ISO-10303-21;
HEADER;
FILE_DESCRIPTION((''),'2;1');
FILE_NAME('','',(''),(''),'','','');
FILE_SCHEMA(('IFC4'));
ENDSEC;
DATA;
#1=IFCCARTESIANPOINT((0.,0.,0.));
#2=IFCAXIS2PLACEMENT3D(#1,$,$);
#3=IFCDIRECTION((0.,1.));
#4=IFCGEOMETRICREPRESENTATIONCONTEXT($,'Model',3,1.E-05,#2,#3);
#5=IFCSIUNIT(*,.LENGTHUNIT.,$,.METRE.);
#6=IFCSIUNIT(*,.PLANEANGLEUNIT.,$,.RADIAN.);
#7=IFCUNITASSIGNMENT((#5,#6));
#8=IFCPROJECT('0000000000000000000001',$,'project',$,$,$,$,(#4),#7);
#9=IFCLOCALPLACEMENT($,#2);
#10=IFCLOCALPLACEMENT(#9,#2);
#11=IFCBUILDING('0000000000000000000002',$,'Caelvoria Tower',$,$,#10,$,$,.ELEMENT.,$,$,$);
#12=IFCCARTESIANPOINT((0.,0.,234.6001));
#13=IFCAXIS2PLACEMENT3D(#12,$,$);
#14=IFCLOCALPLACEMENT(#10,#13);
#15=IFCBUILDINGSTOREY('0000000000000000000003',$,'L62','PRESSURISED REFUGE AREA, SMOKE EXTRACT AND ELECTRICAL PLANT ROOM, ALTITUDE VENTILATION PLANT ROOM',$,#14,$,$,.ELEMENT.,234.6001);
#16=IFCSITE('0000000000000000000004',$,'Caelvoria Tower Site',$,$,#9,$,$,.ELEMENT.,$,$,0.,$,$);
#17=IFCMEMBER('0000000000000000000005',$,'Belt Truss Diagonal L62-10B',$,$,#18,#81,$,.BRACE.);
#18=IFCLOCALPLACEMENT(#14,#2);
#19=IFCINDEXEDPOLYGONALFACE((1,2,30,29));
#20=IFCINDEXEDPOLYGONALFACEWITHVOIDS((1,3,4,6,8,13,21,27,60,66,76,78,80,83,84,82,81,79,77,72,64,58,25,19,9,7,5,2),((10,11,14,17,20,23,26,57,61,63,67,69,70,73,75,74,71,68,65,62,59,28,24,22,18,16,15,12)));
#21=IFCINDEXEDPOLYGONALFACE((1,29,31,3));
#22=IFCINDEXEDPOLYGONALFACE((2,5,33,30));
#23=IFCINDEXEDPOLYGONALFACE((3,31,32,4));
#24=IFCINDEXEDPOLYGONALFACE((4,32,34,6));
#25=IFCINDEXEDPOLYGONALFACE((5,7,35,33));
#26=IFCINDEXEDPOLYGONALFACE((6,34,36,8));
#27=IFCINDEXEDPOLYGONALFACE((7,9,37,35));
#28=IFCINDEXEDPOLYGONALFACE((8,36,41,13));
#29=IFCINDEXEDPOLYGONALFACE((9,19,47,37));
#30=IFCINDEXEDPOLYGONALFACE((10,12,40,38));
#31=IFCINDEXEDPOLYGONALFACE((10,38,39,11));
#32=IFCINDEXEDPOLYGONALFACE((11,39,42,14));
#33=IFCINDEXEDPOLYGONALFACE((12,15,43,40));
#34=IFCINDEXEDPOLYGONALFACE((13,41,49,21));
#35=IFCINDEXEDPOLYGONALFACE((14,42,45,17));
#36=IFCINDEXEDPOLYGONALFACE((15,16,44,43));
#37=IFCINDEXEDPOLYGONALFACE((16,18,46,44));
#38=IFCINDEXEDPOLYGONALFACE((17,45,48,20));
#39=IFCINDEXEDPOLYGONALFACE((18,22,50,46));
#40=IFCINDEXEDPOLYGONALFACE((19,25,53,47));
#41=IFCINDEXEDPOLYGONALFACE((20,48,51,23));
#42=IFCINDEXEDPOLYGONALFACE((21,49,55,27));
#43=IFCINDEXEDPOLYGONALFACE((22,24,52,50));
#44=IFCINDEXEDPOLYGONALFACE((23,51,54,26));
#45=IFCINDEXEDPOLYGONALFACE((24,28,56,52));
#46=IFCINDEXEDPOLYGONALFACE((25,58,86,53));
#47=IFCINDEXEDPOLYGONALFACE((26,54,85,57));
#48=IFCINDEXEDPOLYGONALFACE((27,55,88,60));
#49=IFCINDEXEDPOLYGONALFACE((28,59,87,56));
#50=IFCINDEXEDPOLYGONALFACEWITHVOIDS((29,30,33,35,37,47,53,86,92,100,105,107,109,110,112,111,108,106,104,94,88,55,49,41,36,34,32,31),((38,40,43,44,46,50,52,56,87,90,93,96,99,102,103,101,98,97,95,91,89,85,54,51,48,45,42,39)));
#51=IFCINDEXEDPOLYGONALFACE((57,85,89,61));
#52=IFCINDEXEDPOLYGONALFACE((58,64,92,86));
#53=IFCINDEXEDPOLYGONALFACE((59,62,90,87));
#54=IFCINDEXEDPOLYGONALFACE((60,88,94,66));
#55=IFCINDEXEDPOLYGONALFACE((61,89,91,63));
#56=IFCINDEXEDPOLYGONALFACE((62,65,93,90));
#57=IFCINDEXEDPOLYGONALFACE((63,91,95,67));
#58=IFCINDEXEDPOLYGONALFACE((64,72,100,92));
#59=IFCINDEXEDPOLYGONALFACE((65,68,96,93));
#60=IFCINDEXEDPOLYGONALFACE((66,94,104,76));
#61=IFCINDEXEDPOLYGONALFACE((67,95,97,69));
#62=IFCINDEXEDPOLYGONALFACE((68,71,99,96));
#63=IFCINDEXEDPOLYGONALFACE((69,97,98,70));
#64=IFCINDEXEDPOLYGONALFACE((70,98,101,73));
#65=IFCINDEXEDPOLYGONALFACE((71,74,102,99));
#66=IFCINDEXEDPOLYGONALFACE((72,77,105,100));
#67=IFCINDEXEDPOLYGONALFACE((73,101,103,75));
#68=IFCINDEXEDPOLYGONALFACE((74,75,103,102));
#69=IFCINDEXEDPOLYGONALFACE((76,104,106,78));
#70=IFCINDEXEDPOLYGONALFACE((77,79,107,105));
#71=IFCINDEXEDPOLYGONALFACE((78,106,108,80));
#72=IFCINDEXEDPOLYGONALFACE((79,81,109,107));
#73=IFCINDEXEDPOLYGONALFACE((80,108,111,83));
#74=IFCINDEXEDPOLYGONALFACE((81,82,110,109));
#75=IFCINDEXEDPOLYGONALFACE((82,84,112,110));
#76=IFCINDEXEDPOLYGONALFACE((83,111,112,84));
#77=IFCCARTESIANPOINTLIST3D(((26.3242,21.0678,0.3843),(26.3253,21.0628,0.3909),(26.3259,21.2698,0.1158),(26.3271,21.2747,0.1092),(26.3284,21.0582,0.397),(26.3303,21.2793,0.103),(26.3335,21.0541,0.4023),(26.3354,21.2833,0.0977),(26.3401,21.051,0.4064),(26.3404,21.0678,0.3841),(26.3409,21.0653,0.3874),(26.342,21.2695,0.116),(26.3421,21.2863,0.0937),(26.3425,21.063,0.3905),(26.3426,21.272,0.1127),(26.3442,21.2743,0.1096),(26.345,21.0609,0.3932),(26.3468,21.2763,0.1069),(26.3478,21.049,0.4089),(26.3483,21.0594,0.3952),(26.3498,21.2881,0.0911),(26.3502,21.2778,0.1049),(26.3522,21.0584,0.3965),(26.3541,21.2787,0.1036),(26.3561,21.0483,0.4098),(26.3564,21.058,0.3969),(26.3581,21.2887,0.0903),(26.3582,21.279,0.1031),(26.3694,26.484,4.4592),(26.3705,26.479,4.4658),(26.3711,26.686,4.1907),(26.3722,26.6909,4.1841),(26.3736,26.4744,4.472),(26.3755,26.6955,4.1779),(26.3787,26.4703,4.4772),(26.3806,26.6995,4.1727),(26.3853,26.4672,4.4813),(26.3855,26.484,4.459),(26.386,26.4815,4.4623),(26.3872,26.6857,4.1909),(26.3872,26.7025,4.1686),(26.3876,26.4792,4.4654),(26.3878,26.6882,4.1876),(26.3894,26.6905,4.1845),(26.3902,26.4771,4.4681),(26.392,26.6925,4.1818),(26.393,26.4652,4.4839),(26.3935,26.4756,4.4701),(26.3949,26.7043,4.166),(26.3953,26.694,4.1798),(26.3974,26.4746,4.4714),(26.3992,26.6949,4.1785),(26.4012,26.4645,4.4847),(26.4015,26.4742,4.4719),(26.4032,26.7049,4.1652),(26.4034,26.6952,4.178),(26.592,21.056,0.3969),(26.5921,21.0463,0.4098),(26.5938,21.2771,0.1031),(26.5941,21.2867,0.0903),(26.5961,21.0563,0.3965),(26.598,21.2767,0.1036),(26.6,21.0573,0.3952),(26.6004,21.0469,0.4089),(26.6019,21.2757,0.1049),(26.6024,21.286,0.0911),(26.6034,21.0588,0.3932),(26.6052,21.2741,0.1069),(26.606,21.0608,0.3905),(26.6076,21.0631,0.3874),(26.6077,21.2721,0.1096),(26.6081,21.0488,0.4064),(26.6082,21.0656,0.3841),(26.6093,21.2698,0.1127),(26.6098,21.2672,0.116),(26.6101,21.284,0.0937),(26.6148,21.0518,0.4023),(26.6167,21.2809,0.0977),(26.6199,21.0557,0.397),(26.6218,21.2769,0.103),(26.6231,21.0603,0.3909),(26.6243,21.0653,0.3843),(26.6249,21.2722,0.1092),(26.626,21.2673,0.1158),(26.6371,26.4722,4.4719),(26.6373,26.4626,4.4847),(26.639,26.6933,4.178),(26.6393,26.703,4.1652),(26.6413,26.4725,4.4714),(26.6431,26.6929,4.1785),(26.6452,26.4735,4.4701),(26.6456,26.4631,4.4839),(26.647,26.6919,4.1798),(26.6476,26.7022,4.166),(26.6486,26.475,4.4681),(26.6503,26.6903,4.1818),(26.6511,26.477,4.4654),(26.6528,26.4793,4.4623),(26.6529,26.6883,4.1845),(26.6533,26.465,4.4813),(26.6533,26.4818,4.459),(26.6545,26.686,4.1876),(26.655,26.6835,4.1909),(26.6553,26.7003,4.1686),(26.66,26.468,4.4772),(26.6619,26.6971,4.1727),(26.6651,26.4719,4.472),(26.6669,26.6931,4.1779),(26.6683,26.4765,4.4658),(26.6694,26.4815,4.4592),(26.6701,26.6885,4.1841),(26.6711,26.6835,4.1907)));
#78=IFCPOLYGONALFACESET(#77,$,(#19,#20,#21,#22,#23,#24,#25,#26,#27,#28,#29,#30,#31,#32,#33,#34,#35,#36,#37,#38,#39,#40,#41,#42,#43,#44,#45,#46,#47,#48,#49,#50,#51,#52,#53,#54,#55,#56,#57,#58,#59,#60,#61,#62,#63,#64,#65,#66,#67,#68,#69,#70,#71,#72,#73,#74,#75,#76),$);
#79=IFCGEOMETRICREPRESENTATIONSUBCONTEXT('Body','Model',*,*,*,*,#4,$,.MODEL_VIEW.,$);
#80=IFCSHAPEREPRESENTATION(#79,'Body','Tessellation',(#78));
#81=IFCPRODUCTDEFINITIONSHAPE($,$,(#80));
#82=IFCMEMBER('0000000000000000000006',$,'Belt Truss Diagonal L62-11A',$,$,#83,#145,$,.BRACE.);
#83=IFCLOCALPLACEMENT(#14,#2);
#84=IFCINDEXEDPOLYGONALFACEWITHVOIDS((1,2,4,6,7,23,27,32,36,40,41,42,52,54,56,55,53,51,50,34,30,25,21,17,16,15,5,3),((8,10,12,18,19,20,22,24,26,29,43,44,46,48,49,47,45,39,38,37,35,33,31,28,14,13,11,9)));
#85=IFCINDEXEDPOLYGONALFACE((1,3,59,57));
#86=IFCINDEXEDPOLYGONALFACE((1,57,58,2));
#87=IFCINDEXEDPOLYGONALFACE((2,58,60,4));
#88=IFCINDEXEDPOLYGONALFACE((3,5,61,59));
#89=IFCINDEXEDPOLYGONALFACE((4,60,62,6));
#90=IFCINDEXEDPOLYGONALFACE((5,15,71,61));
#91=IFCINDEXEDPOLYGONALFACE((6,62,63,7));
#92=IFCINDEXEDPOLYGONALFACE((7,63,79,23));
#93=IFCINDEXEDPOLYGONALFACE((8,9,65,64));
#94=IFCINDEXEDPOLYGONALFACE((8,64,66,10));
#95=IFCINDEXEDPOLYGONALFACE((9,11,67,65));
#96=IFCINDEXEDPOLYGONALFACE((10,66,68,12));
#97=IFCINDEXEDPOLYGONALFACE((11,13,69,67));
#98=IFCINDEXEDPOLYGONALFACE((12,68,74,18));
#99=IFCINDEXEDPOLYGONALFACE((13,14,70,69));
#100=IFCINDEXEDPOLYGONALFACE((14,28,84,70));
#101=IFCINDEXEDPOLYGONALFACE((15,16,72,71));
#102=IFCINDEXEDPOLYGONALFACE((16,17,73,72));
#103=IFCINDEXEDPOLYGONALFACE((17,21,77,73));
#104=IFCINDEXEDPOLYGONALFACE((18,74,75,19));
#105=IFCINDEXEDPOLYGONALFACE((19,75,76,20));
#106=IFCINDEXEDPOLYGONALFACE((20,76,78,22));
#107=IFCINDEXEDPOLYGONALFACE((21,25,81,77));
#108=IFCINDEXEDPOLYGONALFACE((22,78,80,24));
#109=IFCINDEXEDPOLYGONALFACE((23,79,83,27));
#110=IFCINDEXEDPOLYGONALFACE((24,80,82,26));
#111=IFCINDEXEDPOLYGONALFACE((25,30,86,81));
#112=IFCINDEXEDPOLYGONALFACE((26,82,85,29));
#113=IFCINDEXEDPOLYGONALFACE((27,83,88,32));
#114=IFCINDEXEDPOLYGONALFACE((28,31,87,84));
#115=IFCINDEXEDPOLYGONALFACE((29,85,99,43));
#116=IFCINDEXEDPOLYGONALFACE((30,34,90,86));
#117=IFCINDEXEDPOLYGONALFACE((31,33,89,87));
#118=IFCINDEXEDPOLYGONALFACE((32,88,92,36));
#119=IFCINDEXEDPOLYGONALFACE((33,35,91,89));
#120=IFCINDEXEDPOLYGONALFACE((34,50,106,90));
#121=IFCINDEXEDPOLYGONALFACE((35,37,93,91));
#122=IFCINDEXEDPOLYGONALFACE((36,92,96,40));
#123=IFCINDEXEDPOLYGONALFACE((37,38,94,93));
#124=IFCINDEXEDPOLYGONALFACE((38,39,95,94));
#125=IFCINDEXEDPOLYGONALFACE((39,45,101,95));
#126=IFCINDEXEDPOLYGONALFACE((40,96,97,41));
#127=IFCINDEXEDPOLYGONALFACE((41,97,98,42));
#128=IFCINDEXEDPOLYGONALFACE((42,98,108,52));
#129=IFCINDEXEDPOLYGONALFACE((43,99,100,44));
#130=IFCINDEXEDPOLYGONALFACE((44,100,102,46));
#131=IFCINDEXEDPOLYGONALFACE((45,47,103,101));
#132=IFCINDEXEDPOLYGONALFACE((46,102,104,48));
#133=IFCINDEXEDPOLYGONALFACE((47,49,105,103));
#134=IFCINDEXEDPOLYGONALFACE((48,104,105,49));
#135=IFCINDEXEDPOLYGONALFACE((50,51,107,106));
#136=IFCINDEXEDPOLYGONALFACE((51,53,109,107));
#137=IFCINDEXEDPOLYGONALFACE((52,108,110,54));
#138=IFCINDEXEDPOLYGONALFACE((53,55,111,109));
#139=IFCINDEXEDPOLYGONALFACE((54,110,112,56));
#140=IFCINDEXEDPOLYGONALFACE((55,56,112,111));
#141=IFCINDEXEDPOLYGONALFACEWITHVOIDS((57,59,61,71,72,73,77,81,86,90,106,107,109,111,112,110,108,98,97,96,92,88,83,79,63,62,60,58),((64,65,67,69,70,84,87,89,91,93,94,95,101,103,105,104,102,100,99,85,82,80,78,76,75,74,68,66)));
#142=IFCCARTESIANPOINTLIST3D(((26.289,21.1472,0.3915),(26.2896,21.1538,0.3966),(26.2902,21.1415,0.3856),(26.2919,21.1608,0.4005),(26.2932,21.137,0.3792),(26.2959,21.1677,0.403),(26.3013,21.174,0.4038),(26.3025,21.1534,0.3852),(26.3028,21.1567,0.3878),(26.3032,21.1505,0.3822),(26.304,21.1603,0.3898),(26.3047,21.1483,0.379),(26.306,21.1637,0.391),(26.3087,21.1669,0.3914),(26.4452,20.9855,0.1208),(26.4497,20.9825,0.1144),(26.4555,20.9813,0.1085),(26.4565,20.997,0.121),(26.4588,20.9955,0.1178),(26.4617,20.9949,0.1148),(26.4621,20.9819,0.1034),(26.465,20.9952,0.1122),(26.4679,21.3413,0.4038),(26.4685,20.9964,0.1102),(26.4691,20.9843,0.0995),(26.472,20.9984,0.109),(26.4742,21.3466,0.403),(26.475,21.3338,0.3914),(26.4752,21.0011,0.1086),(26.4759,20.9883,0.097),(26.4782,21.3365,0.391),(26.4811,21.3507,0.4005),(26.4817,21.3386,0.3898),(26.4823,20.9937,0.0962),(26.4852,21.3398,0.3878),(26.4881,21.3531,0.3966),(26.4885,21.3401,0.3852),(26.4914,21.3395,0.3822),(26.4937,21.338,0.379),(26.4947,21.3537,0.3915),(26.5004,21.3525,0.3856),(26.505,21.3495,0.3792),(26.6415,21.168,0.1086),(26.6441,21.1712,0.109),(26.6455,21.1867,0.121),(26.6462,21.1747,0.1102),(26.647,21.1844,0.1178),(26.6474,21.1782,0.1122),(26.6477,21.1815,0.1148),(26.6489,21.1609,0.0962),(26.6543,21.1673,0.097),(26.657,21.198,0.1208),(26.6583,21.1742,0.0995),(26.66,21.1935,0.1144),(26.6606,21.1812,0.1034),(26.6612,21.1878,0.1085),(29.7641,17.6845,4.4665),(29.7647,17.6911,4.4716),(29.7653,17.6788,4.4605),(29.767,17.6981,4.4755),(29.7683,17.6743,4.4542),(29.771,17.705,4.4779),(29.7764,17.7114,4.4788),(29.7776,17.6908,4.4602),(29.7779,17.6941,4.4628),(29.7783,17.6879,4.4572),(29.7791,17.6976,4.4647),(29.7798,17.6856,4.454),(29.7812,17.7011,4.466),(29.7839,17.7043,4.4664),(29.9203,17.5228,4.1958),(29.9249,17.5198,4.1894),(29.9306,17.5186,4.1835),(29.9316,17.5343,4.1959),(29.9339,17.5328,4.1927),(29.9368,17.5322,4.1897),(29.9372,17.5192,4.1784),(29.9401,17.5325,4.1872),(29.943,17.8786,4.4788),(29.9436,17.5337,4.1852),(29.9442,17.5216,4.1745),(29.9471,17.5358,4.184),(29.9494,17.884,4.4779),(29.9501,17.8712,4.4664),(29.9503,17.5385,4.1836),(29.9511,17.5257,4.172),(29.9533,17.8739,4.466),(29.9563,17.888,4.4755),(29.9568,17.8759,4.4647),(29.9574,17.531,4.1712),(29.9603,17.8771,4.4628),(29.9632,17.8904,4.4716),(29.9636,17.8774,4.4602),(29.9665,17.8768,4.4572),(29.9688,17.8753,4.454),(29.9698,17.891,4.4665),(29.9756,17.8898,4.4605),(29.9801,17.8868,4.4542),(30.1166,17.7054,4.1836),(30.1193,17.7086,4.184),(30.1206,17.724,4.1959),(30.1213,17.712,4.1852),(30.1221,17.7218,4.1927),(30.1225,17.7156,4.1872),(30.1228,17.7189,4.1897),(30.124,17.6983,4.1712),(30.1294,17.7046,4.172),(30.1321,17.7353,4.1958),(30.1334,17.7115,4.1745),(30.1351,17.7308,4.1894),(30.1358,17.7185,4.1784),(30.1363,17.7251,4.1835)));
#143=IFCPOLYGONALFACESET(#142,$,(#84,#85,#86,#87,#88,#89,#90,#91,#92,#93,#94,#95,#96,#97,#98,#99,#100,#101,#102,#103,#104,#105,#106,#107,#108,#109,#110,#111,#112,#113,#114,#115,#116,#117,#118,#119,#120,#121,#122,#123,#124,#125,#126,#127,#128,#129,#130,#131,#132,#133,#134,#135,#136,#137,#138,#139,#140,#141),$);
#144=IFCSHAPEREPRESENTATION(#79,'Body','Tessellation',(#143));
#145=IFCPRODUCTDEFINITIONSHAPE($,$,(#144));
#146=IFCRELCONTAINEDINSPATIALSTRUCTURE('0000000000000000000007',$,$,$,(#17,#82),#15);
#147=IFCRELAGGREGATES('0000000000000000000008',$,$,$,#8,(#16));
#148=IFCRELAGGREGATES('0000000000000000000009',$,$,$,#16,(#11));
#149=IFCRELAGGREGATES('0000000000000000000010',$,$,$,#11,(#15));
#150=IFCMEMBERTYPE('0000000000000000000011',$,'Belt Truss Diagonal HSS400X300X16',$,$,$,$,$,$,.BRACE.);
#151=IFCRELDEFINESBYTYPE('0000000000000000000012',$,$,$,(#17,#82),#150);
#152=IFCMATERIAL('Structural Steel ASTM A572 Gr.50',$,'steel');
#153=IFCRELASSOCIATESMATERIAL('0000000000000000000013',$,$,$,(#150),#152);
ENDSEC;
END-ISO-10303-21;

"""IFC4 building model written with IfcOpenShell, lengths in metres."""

from ifc_helpers import new_model, si_unit, direction, frame, origin, origin_2d, place, context, subcontext, project, spatial, hollow_rectangle, extrude, material, material_profile, profile_set, type_object, element, save


model = new_model("IFC4")

# Units and contexts
model_context = context("Model", 3, precision=1e-05, world=origin(), true_north=direction((0.0, 1.0)))
body_context = subcontext(model_context, "Body", "Model", "MODEL_VIEW")
ifc_project = project(units=[si_unit("LENGTHUNIT", "METRE"), si_unit("PLANEANGLEUNIT", "RADIAN")], contexts=[model_context])

# Site, building, storey
site_placement = place(None, origin())
site = spatial("IfcSite", under=ifc_project, at=site_placement, Name="Caelvoria Tower Site", CompositionType="ELEMENT", RefElevation=0.0)
building_placement = place(site_placement, origin())
building = spatial("IfcBuilding", under=site, at=building_placement, Name="Caelvoria Tower", CompositionType="ELEMENT")
storey_placement = place(building_placement, frame((0.0, 0.0, 234.6001)))
storey = spatial("IfcBuildingStorey", under=building, at=storey_placement, Name="L62", Description="PRESSURISED REFUGE AREA, SMOKE EXTRACT AND ELECTRICAL PLANT ROOM, ALTITUDE VENTILATION PLANT ROOM", CompositionType="ELEMENT", Elevation=234.6001)

# Shared definitions
ifc_material_1 = material(Name="Structural Steel ASTM A572 Gr.50", Category="steel")

# Members
ifc_material_profile_1 = material_profile(ifc_material_1, hollow_rectangle(XDim=0.3, YDim=0.3999, WallThickness=0.0161, InnerFilletRadius=0.0161, OuterFilletRadius=0.032, at=origin_2d()), Name="Structural Steel ASTM A572 Gr.50")
ifc_profile_set_1 = profile_set([ifc_material_profile_1], Name="HSS400X300X16 - Structural Steel ASTM A572 Gr.50")
member_type_1 = type_object("IfcMemberType", Name="Belt Truss Diagonal HSS400X300X16", PredefinedType="BRACE", material=ifc_profile_set_1)
member_1_placement = place(storey_placement, frame((26.5203, 26.5837, 4.325), z_axis=(-0.006663, -0.799078, -0.60119), x_axis=(0.999965, -0.008339, 0.0)))
element("IfcMember", 1, at=member_1_placement, inside=storey, type_object=member_type_1, Name="Belt Truss Diagonal L62-10B", PredefinedType="BRACE", context=body_context, shape_type="SweptSolid", body=[
    extrude(hollow_rectangle(XDim=0.3, YDim=0.3999, WallThickness=0.0161, InnerFilletRadius=0.0161, OuterFilletRadius=0.032, at=origin_2d()), origin(), (0.0, 0.0, 1.0), 6.7781),
])
for number, where, z_axis, x_axis, name in (
    (2, (26.4751, 21.1675, 0.25), (0.544907, -0.542954, 0.638966), (0.705837, 0.708375, 0.0), "Belt Truss Diagonal L62-11A"),
):
    element("IfcMember", number, at=place(storey_placement, frame(where, z_axis=z_axis, x_axis=x_axis)), inside=storey, type_object=member_type_1, Name=name, PredefinedType="BRACE", context=body_context, shape_type="SweptSolid", body=[
        extrude(hollow_rectangle(XDim=0.3, YDim=0.3999, WallThickness=0.0161, InnerFilletRadius=0.0161, OuterFilletRadius=0.032, at=origin_2d()), origin(), (0.0, 0.0, 1.0), 6.3774),
    ])

save(model, "model.ifc")
